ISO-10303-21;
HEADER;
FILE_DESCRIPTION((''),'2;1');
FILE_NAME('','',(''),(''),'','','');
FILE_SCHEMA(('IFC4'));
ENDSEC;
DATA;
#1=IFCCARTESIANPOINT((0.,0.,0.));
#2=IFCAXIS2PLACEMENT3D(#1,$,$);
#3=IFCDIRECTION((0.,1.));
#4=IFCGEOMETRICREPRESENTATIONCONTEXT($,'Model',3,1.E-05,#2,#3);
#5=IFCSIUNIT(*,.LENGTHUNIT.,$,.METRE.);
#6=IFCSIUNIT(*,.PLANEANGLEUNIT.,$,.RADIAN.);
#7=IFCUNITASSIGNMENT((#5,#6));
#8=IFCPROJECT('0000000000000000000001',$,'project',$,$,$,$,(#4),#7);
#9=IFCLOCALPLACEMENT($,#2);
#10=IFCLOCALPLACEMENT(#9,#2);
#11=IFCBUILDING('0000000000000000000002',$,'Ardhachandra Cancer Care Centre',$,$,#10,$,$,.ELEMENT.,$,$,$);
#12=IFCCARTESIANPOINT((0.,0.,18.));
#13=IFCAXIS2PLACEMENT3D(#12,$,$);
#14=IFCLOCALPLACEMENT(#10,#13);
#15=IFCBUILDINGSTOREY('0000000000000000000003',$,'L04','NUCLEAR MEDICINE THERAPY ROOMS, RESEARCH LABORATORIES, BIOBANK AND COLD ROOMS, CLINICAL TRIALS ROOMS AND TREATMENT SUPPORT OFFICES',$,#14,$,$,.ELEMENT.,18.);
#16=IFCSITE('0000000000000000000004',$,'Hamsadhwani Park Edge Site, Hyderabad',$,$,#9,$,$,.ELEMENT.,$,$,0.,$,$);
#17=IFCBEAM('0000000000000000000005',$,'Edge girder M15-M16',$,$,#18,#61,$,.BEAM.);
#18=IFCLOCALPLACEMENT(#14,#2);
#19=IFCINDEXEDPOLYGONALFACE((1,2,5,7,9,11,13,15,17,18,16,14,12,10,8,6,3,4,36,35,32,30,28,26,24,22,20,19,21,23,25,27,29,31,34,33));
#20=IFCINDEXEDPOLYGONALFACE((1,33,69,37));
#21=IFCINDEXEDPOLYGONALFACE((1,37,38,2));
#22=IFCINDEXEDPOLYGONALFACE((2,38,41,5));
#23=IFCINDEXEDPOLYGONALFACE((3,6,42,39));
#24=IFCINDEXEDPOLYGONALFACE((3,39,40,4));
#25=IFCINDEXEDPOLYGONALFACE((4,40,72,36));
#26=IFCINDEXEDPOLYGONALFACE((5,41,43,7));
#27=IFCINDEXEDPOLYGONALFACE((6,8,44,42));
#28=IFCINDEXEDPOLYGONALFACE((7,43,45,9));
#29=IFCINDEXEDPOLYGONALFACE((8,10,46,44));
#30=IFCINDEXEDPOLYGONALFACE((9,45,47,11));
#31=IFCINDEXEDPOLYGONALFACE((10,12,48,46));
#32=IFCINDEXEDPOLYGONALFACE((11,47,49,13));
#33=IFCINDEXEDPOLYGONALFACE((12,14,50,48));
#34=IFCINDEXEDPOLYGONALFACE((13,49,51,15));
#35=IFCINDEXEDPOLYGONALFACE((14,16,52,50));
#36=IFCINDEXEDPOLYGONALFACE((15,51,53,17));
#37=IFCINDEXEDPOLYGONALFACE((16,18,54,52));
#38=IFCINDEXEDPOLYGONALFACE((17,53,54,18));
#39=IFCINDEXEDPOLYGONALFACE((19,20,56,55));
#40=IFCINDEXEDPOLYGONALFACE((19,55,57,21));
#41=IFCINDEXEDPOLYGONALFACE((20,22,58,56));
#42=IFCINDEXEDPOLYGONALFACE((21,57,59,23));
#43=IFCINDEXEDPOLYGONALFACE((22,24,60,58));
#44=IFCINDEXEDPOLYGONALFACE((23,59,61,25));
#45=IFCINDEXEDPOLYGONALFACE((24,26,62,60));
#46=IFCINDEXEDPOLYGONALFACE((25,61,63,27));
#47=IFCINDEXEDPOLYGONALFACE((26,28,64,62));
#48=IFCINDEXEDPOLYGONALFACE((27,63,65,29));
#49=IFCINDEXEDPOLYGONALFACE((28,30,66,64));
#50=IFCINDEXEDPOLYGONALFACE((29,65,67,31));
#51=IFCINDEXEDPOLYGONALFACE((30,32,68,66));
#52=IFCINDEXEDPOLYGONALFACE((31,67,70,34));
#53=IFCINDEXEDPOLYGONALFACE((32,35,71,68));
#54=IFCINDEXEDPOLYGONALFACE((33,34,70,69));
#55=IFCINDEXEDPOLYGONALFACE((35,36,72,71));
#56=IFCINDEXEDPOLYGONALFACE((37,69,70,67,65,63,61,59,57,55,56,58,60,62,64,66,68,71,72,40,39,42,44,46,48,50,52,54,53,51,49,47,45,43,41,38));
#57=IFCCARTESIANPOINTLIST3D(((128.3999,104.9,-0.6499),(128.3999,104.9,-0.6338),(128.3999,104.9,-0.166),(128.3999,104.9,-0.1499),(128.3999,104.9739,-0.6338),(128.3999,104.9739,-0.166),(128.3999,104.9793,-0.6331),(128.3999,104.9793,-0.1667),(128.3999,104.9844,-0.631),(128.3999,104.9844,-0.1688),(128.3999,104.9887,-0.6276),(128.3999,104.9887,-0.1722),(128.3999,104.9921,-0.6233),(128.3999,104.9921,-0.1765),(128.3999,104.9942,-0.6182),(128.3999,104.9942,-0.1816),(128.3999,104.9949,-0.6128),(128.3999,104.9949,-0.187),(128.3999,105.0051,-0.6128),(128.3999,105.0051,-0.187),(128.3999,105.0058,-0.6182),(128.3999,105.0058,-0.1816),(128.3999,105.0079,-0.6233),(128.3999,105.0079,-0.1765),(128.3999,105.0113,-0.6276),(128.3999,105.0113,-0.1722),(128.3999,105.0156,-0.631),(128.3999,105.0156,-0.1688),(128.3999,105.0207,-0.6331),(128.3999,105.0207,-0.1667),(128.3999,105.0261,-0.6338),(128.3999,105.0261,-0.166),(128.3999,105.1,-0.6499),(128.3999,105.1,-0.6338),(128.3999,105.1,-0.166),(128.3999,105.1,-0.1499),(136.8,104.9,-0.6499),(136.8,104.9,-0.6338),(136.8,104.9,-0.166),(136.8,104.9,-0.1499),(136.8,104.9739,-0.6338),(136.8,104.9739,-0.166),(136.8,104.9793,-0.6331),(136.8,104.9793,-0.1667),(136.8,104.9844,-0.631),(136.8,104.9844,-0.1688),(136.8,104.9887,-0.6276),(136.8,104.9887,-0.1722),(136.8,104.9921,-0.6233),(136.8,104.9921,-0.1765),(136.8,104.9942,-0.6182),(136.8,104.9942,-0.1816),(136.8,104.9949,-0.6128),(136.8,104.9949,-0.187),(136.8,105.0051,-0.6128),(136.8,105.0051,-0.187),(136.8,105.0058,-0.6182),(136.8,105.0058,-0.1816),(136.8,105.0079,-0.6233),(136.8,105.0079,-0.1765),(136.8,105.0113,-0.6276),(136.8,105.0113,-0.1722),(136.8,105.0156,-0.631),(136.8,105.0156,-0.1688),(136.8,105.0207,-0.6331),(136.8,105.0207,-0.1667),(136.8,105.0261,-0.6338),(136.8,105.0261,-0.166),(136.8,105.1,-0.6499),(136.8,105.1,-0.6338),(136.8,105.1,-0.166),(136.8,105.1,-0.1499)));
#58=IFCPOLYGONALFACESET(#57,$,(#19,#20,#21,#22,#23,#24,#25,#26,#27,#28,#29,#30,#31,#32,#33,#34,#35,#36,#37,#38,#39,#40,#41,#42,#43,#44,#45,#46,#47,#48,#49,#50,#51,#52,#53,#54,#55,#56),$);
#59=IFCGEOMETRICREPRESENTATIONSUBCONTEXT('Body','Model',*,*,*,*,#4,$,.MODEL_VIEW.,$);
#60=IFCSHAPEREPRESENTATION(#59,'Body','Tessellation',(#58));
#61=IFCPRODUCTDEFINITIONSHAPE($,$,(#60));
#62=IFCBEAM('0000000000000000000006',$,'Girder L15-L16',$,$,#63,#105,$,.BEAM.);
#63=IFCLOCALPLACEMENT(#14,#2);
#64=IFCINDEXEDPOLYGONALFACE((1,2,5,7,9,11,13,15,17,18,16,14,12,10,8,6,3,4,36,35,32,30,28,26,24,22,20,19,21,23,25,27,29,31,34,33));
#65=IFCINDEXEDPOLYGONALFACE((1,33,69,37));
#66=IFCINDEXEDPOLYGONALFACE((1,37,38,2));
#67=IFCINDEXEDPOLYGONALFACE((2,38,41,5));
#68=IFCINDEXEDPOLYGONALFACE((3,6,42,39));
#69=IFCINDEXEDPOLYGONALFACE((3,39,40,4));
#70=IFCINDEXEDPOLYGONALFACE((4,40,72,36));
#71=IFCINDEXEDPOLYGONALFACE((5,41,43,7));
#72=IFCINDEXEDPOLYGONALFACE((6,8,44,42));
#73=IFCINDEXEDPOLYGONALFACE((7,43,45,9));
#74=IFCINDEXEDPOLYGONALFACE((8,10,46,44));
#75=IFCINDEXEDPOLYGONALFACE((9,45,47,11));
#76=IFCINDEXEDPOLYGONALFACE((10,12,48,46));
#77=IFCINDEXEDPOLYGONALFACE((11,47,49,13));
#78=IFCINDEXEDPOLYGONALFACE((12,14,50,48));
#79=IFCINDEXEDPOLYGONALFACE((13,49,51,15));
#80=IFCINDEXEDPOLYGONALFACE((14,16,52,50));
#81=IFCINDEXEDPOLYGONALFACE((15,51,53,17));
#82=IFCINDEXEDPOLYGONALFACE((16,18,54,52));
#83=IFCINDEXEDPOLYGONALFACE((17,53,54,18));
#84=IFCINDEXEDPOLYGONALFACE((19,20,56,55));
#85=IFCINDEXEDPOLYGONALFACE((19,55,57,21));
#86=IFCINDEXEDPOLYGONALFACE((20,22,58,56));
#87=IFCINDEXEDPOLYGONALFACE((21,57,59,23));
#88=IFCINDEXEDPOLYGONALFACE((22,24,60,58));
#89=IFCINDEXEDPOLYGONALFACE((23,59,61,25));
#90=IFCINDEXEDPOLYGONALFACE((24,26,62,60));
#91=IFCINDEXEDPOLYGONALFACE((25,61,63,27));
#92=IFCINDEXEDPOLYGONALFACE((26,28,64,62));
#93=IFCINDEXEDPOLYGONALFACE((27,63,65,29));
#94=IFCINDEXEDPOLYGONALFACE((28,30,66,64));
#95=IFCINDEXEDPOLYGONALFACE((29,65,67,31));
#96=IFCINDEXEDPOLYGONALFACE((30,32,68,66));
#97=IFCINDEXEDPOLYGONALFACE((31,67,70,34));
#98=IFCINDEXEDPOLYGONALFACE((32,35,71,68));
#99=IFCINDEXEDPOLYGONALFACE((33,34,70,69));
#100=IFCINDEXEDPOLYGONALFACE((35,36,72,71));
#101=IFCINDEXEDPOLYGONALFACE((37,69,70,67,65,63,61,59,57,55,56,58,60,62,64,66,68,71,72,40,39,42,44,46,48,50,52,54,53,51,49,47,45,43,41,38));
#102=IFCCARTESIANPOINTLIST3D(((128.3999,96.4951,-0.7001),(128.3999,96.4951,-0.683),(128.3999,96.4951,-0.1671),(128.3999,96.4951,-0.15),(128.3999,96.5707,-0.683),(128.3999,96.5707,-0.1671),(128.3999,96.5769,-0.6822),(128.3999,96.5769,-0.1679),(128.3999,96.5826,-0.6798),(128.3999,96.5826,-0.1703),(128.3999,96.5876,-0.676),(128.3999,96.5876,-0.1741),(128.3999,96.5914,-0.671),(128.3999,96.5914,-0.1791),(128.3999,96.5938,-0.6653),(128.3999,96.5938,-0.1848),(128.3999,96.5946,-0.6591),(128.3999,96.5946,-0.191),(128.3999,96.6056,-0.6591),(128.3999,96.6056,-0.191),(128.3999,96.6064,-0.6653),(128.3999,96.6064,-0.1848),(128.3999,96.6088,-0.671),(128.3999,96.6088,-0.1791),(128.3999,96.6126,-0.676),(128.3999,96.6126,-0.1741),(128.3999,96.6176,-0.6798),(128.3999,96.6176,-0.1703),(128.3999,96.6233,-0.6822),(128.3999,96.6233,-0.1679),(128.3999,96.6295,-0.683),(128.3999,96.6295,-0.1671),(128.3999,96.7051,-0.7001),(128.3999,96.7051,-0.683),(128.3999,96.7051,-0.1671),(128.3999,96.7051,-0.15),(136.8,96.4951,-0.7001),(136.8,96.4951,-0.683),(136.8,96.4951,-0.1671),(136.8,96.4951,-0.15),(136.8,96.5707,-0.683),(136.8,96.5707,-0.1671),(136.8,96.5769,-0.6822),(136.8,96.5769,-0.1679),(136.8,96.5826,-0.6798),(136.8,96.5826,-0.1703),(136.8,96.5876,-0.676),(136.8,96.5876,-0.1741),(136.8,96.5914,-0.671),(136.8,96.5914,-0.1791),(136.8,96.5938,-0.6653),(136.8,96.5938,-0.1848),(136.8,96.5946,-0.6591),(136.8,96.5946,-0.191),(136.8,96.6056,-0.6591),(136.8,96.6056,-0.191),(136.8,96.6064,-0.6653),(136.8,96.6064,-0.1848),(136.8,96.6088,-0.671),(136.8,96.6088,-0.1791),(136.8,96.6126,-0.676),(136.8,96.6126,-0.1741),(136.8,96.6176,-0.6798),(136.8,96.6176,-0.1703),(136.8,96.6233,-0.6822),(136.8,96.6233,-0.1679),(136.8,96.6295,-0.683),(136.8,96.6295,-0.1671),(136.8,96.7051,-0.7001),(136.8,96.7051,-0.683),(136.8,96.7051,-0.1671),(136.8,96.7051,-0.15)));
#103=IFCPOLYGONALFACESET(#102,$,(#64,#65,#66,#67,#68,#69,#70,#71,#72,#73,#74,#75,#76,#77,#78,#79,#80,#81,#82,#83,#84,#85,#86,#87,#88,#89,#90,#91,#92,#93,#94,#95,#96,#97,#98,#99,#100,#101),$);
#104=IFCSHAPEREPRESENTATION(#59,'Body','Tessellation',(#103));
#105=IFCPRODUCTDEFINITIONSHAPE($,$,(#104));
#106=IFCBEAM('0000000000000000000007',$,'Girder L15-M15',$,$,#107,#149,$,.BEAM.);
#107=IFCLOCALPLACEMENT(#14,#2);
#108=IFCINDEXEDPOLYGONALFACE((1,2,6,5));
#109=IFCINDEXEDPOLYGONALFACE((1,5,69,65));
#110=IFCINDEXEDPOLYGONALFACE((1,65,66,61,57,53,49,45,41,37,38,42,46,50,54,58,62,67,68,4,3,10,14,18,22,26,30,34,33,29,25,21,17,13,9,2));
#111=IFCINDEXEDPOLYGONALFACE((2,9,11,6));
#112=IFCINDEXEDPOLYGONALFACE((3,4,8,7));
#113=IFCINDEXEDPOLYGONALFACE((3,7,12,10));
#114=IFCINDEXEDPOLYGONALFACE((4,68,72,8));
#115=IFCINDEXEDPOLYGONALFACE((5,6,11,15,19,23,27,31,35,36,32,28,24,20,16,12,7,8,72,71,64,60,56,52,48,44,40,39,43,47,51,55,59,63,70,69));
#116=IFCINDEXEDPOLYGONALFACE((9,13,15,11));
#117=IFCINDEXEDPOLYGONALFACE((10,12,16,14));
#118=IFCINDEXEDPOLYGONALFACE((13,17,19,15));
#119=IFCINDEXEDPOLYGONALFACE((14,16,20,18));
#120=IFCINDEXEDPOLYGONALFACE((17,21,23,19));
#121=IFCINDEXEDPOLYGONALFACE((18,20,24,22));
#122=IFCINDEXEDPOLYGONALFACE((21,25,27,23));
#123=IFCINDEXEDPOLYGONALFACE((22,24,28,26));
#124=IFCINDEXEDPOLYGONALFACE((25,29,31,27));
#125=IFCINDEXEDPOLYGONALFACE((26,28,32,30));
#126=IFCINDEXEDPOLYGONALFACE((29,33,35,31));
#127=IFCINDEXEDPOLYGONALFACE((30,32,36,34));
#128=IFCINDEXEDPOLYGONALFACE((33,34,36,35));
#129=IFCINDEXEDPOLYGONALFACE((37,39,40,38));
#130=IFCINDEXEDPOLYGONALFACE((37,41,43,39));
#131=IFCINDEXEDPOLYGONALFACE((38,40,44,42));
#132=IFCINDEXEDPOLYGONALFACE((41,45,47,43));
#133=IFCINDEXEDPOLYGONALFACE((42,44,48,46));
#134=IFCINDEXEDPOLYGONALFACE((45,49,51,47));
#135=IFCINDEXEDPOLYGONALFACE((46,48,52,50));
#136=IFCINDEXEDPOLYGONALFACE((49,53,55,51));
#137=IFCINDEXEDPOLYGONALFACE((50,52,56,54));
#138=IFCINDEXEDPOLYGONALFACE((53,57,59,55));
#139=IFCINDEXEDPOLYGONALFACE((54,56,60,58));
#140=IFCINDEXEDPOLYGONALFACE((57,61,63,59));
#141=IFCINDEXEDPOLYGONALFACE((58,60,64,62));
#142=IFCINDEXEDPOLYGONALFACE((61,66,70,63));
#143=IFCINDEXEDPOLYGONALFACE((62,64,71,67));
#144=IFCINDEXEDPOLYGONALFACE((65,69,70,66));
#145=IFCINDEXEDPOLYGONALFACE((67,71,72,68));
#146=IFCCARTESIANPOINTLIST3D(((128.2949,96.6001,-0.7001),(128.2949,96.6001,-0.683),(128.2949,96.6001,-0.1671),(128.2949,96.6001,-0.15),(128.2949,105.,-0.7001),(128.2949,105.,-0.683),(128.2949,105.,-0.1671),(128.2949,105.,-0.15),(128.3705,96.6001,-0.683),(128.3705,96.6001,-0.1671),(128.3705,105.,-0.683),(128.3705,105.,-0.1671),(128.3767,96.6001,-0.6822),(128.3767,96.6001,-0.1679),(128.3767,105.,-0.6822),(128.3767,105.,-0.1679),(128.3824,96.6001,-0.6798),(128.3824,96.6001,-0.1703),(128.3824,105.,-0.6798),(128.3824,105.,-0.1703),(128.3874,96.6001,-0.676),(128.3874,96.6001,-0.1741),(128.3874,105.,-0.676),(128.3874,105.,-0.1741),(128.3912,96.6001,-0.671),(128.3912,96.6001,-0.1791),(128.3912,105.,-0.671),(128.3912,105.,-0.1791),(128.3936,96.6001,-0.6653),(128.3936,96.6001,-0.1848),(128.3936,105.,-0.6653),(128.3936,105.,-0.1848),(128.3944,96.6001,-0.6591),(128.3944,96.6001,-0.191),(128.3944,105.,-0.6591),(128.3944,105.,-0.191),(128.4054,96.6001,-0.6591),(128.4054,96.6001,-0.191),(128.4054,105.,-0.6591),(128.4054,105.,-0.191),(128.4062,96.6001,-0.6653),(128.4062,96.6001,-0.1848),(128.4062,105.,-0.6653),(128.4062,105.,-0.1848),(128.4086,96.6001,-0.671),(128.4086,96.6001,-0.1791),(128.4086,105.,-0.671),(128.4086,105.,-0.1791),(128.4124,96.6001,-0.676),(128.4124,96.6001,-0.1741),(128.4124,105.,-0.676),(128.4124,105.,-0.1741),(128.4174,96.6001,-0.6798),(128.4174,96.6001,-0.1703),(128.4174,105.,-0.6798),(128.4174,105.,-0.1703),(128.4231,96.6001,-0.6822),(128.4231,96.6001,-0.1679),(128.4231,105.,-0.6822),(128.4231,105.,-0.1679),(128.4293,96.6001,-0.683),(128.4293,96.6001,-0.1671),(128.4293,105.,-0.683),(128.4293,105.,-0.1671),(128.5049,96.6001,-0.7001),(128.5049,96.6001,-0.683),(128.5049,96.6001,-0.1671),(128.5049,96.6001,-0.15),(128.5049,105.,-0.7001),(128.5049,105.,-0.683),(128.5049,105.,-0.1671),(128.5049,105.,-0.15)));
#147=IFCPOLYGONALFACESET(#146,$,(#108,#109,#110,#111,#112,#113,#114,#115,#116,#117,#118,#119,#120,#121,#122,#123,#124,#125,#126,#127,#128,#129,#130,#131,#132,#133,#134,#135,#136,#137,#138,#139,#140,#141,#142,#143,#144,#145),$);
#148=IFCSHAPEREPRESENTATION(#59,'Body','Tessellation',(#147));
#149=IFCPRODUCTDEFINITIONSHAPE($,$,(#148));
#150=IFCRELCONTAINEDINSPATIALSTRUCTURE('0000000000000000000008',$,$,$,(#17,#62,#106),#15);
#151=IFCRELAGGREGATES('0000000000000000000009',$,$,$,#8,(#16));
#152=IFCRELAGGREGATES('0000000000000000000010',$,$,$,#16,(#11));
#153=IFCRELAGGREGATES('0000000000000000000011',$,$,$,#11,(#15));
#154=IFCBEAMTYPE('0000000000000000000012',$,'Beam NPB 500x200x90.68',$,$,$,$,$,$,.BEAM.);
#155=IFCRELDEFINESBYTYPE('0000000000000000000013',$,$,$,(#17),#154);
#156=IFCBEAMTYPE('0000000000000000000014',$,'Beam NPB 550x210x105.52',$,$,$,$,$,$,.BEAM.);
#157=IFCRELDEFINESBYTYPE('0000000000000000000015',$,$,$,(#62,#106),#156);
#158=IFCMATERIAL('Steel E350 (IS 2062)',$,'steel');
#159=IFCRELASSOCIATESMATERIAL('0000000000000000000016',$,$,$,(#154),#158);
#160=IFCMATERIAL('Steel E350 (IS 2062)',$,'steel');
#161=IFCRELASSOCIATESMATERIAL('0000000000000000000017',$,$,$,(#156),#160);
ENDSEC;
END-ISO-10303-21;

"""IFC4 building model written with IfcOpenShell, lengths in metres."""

from ifc_helpers import new_model, si_unit, direction, frame, origin, origin_2d, place, context, subcontext, project, spatial, i_section, extrude, material, material_profile, profile_set, type_object, element, save


model = new_model("IFC4")

# Units and contexts
model_context = context("Model", 3, precision=1e-05, world=origin(), true_north=direction((0.0, 1.0)))
body_context = subcontext(model_context, "Body", "Model", "MODEL_VIEW")
ifc_project = project(units=[si_unit("LENGTHUNIT", "METRE"), si_unit("PLANEANGLEUNIT", "RADIAN")], contexts=[model_context])

# Site, building, storey
site_placement = place(None, origin())
site = spatial("IfcSite", under=ifc_project, at=site_placement, Name="Hamsadhwani Park Edge Site, Hyderabad", CompositionType="ELEMENT", RefElevation=0.0)
building_placement = place(site_placement, origin())
building = spatial("IfcBuilding", under=site, at=building_placement, Name="Ardhachandra Cancer Care Centre", CompositionType="ELEMENT")
storey_placement = place(building_placement, frame((0.0, 0.0, 18.0)))
storey = spatial("IfcBuildingStorey", under=building, at=storey_placement, Name="L04", Description="NUCLEAR MEDICINE THERAPY ROOMS, RESEARCH LABORATORIES, BIOBANK AND COLD ROOMS, CLINICAL TRIALS ROOMS AND TREATMENT SUPPORT OFFICES", CompositionType="ELEMENT", Elevation=18.0)

# Beams
ifc_material_1 = material(Name="Steel E350 (IS 2062)", Category="steel")
ifc_material_profile_1 = material_profile(ifc_material_1, i_section(OverallWidth=0.2, OverallDepth=0.5, WebThickness=0.0103, FlangeThickness=0.0161, FilletRadius=0.021, at=origin_2d()), Name="NPB 500x200x90.68")
ifc_profile_set_1 = profile_set([ifc_material_profile_1], Name="Steel E350 (IS 2062)")
beam_type_1 = type_object("IfcBeamType", Name="Beam NPB 500x200x90.68", PredefinedType="BEAM", material=ifc_profile_set_1)
beam_1_placement = place(storey_placement, frame((128.3999, 105.0, -0.3999), z_axis=(1.0, 0.0, 0.0), x_axis=(0.0, 1.0, 0.0)))
element("IfcBeam", 1, at=beam_1_placement, inside=storey, type_object=beam_type_1, Name="Edge girder M15-M16", PredefinedType="BEAM", context=body_context, shape_type="SweptSolid", body=[
    extrude(i_section(OverallWidth=0.2, OverallDepth=0.5, WebThickness=0.0103, FlangeThickness=0.0161, FilletRadius=0.021, at=origin_2d()), origin(), (0.0, 0.0, 1.0), 8.4001),
])
ifc_material_2 = material(Name="Steel E350 (IS 2062)", Category="steel")
ifc_material_profile_2 = material_profile(ifc_material_2, i_section(OverallWidth=0.21, OverallDepth=0.55, WebThickness=0.011, FlangeThickness=0.0171, FilletRadius=0.0239, at=origin_2d()), Name="NPB 550x210x105.52")
ifc_profile_set_2 = profile_set([ifc_material_profile_2], Name="Steel E350 (IS 2062)")
beam_type_2 = type_object("IfcBeamType", Name="Beam NPB 550x210x105.52", PredefinedType="BEAM", material=ifc_profile_set_2)
beam_2_placement = place(storey_placement, frame((128.3999, 96.6001, -0.425), z_axis=(1.0, 0.0, 0.0), x_axis=(0.0, 1.0, 0.0)))
element("IfcBeam", 2, at=beam_2_placement, inside=storey, type_object=beam_type_2, Name="Girder L15-L16", PredefinedType="BEAM", context=body_context, shape_type="SweptSolid", body=[
    extrude(i_section(OverallWidth=0.21, OverallDepth=0.55, WebThickness=0.011, FlangeThickness=0.0171, FilletRadius=0.0239, at=origin_2d()), origin(), (0.0, 0.0, 1.0), 8.4001),
])
beam_3_placement = place(storey_placement, frame((128.3999, 96.6001, -0.425), z_axis=(0.0, 1.0, 0.0), x_axis=(-1.0, 0.0, 0.0)))
element("IfcBeam", 3, at=beam_3_placement, inside=storey, type_object=beam_type_2, Name="Girder L15-M15", PredefinedType="BEAM", context=body_context, shape_type="SweptSolid", body=[
    extrude(i_section(OverallWidth=0.21, OverallDepth=0.55, WebThickness=0.011, FlangeThickness=0.0171, FilletRadius=0.0239, at=origin_2d()), origin(), (0.0, 0.0, 1.0), 8.3999),
])

save(model, "model.ifc")
